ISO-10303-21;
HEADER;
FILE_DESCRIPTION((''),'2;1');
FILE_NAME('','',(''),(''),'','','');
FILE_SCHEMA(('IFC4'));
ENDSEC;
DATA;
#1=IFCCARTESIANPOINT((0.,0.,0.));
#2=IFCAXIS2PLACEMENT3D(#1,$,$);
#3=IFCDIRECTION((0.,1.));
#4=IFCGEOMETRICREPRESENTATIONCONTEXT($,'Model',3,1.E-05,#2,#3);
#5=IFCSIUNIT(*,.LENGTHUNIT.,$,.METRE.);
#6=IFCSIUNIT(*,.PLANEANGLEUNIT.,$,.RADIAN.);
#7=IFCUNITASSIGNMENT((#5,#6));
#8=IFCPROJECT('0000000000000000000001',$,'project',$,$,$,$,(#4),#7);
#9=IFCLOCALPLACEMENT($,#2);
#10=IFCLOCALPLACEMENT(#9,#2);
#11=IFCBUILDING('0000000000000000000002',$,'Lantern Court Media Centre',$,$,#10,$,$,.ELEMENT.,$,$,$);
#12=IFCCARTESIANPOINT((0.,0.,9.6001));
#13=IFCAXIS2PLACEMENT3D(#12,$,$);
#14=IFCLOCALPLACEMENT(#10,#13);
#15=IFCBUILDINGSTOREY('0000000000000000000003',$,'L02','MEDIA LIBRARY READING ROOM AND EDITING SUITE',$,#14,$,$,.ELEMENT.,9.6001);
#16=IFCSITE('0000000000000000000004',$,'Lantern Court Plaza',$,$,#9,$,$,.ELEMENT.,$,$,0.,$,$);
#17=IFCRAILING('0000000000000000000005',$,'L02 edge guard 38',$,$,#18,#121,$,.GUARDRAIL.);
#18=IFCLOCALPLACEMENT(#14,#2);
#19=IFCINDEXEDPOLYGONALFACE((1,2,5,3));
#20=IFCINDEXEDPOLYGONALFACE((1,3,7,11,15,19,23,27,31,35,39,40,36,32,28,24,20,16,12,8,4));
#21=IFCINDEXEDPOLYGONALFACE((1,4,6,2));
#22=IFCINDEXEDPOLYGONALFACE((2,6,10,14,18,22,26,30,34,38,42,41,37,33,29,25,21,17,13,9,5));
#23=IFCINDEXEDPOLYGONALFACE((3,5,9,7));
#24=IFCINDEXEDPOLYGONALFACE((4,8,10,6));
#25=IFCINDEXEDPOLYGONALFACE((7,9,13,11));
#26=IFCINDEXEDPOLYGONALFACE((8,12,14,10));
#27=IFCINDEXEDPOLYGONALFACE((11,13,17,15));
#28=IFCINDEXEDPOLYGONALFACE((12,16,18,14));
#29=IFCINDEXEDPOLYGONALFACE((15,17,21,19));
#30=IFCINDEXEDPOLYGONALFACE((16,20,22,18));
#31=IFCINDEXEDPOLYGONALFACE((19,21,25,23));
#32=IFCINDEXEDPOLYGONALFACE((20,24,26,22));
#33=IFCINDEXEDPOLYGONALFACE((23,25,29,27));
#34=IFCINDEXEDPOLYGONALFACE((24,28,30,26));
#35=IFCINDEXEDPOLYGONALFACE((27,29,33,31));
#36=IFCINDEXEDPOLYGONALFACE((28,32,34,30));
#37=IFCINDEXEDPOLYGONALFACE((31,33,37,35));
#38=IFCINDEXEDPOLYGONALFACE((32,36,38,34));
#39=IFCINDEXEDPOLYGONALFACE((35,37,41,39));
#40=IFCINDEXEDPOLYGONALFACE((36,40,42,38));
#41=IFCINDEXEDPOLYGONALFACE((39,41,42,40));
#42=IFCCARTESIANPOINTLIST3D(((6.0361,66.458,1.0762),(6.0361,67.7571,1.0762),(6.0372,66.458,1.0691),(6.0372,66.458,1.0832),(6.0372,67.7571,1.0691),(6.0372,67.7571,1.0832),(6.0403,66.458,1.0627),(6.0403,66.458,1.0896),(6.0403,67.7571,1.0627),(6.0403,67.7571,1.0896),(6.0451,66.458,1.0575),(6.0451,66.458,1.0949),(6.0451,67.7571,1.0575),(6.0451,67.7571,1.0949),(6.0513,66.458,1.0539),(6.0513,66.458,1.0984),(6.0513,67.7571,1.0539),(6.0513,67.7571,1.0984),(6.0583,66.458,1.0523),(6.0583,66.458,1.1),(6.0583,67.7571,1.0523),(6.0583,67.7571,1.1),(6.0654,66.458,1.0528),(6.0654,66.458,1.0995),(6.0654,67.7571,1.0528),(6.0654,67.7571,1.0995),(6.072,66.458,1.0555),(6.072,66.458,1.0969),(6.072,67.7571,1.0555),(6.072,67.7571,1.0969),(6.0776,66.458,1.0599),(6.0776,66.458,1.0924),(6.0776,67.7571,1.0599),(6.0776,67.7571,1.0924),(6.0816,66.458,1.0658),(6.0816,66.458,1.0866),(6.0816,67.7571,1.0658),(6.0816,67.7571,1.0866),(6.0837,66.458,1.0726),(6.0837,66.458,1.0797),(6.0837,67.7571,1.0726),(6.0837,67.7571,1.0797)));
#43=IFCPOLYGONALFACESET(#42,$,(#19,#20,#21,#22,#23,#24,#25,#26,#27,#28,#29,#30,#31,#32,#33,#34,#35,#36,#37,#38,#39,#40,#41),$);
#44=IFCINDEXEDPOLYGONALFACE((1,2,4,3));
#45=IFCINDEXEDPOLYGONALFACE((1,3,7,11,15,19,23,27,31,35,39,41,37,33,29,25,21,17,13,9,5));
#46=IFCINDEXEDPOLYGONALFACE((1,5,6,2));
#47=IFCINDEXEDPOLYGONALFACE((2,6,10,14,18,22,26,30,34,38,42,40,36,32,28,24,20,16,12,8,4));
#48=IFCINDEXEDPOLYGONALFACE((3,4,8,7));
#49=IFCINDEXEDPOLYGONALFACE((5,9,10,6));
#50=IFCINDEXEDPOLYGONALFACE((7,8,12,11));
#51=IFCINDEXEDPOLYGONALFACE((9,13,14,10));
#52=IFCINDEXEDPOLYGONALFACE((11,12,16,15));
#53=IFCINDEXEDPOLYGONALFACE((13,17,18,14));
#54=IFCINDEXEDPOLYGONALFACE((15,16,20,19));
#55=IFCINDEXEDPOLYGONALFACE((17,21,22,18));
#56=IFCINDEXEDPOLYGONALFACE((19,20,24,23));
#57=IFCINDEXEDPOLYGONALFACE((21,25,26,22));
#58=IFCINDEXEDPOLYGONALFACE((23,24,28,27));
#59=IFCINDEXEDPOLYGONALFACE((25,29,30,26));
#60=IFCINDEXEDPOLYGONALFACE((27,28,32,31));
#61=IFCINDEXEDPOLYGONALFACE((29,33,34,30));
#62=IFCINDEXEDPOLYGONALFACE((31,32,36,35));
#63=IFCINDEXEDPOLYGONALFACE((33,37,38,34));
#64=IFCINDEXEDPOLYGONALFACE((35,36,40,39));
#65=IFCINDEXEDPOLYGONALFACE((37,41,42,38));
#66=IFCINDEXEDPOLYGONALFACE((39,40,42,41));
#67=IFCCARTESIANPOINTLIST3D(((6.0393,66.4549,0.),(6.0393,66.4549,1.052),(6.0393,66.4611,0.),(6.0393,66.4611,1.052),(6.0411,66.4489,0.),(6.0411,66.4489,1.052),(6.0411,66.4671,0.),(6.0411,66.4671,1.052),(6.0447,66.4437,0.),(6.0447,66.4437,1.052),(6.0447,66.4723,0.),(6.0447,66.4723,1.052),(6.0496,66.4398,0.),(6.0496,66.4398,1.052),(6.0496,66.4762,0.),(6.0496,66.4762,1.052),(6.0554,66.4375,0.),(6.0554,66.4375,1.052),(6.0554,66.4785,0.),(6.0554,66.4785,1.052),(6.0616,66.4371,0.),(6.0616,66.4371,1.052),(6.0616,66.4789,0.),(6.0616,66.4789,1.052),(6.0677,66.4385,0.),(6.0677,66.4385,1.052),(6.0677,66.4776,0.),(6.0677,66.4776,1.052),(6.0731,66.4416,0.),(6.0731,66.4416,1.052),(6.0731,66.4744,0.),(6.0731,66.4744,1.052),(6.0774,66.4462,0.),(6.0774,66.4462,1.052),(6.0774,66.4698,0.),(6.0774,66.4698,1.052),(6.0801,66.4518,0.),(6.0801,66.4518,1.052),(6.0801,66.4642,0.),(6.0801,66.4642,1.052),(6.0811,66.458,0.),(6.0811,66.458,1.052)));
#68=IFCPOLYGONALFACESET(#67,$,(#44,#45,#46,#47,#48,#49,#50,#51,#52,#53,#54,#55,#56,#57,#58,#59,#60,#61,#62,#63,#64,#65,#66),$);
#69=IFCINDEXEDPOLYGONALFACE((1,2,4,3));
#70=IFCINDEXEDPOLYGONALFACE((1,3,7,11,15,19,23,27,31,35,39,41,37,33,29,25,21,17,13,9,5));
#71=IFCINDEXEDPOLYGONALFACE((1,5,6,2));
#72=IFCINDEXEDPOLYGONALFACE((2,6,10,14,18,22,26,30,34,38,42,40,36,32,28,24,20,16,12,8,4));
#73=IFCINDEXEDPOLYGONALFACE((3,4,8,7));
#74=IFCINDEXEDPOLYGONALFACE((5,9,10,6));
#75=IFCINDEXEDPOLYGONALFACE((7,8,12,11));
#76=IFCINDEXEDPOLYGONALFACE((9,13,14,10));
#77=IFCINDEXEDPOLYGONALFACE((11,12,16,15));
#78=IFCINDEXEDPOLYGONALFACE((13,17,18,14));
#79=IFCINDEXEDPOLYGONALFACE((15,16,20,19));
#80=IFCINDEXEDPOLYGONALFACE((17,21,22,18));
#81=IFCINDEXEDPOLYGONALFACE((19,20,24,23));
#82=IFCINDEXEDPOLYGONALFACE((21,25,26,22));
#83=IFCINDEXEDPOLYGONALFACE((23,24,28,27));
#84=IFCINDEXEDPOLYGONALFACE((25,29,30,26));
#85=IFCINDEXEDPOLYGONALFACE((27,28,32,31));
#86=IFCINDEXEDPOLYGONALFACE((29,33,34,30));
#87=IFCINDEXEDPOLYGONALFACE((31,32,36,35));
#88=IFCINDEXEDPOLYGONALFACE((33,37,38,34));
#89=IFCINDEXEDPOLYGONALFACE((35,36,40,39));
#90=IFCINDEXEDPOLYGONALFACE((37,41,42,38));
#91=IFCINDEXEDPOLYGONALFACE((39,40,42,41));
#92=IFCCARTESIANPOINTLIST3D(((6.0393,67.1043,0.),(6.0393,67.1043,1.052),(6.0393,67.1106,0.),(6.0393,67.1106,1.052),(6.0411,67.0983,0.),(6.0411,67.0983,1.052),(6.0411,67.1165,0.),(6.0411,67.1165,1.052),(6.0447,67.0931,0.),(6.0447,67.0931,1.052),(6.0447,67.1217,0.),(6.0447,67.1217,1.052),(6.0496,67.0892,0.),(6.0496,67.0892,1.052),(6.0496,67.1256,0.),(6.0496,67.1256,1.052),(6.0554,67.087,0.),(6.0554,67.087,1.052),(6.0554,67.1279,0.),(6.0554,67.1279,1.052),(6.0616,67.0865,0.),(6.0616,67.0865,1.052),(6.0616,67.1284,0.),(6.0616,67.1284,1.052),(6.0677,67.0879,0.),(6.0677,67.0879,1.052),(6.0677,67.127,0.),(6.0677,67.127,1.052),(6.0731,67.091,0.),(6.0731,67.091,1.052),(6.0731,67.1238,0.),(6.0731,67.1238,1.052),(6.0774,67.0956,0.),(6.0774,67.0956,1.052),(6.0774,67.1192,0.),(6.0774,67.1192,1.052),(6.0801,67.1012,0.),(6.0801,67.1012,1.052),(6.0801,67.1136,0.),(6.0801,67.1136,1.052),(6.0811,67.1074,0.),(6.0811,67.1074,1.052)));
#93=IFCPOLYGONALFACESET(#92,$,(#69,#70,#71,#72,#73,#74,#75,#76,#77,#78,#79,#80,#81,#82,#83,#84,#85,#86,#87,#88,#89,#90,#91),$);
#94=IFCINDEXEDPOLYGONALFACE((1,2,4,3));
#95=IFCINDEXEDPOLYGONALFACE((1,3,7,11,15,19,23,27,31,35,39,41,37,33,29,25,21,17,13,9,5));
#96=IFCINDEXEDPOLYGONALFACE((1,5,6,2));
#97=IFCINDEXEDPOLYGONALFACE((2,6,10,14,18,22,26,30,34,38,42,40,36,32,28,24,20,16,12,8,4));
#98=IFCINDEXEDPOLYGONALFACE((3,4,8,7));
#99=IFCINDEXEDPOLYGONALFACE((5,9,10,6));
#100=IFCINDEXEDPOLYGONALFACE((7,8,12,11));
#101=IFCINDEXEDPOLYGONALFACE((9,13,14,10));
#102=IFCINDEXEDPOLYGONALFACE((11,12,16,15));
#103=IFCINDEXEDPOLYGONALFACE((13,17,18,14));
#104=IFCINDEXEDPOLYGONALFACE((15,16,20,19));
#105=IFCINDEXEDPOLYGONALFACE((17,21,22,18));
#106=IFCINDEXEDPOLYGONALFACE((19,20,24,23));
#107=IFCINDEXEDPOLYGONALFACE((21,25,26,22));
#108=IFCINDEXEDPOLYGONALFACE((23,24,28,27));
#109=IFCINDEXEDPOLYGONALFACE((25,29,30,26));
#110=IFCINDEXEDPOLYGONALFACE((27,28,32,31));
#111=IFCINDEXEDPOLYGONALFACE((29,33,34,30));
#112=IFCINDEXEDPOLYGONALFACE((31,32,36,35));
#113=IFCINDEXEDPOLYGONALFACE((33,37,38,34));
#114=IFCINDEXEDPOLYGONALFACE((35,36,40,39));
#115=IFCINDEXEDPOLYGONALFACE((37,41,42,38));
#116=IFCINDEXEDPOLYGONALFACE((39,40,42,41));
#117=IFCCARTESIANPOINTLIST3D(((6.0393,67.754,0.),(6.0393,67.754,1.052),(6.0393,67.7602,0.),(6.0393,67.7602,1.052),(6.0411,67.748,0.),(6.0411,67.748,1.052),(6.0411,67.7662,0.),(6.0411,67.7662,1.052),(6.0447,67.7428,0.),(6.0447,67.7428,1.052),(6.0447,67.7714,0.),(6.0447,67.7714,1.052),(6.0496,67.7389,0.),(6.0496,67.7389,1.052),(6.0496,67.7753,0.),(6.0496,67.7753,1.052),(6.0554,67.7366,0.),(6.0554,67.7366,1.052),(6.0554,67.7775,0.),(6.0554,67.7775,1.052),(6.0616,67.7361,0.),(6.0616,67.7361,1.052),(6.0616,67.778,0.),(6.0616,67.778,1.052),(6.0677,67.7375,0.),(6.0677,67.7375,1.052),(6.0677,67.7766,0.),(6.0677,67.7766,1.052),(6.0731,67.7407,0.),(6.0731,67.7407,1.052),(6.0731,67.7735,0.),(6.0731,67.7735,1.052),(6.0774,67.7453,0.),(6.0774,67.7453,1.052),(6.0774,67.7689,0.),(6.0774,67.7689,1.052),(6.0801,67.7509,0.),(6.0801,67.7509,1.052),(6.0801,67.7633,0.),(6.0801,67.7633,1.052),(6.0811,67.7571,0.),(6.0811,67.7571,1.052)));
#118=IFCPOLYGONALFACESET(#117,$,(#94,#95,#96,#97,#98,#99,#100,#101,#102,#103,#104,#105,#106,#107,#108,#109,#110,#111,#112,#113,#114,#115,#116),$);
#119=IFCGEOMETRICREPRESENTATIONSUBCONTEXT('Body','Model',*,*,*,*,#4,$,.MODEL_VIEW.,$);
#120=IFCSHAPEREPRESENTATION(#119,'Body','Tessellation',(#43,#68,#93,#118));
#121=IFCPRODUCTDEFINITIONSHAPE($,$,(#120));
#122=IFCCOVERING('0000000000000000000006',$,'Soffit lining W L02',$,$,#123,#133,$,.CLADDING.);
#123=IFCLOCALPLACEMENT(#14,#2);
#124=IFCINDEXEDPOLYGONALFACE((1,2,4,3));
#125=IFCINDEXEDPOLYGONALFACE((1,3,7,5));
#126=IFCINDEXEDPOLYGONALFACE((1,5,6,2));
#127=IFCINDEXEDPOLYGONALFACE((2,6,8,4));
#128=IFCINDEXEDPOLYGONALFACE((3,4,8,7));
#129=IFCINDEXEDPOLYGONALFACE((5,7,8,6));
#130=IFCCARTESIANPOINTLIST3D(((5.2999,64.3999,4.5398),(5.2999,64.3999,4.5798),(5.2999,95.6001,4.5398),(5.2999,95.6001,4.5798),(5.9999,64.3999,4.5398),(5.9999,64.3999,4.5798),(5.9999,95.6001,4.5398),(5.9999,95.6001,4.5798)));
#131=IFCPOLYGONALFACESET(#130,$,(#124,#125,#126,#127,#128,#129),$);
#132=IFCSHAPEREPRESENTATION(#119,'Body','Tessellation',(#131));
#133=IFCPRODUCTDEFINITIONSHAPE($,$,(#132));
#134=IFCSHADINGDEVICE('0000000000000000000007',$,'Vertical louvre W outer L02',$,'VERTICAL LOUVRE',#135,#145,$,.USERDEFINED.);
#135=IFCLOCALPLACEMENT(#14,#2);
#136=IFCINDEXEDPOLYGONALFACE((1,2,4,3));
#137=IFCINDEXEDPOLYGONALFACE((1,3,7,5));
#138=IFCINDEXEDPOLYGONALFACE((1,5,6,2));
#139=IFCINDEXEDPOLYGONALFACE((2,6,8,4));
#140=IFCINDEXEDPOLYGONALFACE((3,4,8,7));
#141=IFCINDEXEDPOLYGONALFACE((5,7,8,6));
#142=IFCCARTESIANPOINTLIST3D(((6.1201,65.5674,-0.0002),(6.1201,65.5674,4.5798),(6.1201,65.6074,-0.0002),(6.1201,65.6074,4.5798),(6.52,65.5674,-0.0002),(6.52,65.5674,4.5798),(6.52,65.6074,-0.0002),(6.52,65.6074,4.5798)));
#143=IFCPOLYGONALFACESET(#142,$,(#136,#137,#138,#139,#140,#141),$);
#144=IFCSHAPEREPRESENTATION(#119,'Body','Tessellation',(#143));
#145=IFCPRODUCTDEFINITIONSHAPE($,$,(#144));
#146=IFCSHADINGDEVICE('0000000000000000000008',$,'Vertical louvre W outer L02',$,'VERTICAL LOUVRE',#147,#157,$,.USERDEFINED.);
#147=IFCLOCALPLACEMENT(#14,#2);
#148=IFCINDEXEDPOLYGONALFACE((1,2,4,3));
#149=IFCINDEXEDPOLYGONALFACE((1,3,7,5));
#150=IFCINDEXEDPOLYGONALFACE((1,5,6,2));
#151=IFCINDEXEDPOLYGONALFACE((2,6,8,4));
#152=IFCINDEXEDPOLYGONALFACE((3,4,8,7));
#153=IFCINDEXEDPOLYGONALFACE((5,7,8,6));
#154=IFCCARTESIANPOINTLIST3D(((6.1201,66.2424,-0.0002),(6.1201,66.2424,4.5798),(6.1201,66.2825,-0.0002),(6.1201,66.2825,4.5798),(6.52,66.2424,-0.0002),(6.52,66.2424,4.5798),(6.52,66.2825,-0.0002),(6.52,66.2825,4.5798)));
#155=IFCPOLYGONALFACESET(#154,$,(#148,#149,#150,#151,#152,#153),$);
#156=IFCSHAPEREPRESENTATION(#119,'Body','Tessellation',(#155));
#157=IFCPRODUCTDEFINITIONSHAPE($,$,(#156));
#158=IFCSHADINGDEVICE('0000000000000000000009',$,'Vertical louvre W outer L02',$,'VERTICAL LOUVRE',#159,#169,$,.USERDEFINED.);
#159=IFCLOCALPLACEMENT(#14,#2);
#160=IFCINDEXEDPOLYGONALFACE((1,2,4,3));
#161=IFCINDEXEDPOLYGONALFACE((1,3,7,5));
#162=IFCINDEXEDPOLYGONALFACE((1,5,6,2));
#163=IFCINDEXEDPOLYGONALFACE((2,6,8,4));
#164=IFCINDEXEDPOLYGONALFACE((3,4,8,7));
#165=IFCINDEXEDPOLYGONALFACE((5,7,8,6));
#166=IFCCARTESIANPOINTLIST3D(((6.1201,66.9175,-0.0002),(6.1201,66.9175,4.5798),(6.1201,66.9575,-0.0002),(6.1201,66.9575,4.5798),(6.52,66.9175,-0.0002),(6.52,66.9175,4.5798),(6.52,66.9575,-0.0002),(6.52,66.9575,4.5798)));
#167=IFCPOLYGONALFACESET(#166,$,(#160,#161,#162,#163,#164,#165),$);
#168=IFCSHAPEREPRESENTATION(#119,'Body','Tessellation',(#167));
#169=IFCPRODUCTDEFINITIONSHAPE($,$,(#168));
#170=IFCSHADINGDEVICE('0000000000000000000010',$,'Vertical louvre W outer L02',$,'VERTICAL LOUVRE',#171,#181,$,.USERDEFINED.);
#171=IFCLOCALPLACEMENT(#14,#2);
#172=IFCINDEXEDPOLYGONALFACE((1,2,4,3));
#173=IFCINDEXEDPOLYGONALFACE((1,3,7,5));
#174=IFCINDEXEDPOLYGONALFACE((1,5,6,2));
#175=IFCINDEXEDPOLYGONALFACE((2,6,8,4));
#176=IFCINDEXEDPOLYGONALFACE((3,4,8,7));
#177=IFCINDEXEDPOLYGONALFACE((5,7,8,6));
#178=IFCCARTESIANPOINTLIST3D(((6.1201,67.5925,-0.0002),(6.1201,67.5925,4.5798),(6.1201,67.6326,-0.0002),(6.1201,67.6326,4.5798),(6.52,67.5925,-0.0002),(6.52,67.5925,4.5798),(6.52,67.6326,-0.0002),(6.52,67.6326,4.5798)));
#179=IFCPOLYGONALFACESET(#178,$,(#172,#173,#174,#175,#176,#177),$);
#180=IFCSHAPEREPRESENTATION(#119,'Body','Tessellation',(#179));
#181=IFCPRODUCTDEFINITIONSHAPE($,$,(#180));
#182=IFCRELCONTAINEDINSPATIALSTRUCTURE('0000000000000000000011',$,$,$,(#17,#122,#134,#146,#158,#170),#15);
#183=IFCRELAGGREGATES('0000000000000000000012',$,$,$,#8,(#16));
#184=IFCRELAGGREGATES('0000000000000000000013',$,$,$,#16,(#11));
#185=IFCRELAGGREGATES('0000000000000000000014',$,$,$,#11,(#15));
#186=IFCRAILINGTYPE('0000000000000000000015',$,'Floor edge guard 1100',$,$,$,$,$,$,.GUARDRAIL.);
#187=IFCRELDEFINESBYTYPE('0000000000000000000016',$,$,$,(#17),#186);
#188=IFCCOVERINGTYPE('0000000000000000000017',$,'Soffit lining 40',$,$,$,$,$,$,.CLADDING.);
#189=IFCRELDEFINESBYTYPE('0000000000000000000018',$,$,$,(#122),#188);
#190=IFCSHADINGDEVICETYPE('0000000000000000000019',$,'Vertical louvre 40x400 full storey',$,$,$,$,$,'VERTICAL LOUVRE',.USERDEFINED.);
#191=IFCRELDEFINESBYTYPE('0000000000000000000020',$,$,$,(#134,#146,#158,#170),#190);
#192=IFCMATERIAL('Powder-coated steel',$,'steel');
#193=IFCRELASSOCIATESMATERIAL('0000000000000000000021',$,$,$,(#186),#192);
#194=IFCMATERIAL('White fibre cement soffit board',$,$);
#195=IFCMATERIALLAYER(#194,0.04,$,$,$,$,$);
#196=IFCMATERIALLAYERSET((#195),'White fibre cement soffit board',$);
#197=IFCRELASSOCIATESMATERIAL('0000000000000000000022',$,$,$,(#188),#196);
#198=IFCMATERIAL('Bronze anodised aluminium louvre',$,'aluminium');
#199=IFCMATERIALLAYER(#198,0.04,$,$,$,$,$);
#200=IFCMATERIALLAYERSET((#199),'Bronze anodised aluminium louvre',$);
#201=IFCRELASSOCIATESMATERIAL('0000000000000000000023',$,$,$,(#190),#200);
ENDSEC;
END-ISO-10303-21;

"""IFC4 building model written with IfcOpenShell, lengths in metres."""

from ifc_helpers import new_model, si_unit, direction, frame, frame_2d, origin, origin_2d, place, context, subcontext, project, spatial, rectangle, circle, extrude, material, layer, layer_set, type_object, element, save


model = new_model("IFC4")

# Units and contexts
model_context = context("Model", 3, precision=1e-05, world=origin(), true_north=direction((0.0, 1.0)))
body_context = subcontext(model_context, "Body", "Model", "MODEL_VIEW")
ifc_project = project(units=[si_unit("LENGTHUNIT", "METRE"), si_unit("PLANEANGLEUNIT", "RADIAN")], contexts=[model_context])

# Site, building, storey
site_placement = place(None, origin())
site = spatial("IfcSite", under=ifc_project, at=site_placement, Name="Lantern Court Plaza", CompositionType="ELEMENT", RefElevation=0.0)
building_placement = place(site_placement, origin())
building = spatial("IfcBuilding", under=site, at=building_placement, Name="Lantern Court Media Centre", CompositionType="ELEMENT")
storey_placement = place(building_placement, frame((0.0, 0.0, 9.6001)))
storey = spatial("IfcBuildingStorey", under=building, at=storey_placement, Name="L02", Description="MEDIA LIBRARY READING ROOM AND EDITING SUITE", CompositionType="ELEMENT", Elevation=9.6001)

# Railing
ifc_material_1 = material(Name="Powder-coated steel", Category="steel")
railing_type = type_object("IfcRailingType", Name="Floor edge guard 1100", PredefinedType="GUARDRAIL", material=ifc_material_1)
railing_1_placement = place(storey_placement, frame((6.0601, 66.458, 0.0)))
element("IfcRailing", 1, at=railing_1_placement, inside=storey, type_object=railing_type, Name="L02 edge guard 38", PredefinedType="GUARDRAIL", context=body_context, shape_type="SweptSolid", body=[
    extrude(circle(Radius=0.0239, at=origin_2d()), frame((0.0, 0.0, 1.0762), z_axis=(0.0, 1.0, 0.0), x_axis=(-1.0, 0.0, 0.0)), (0.0, 0.0, 1.0), 1.2991),
    extrude(circle(Radius=0.021, at=origin_2d()), origin(), (0.0, 0.0, 1.0), 1.052),
    extrude(circle(Radius=0.021, at=origin_2d()), frame((0.0, 0.6494, 0.0)), (0.0, 0.0, 1.0), 1.052),
    extrude(circle(Radius=0.021, at=origin_2d()), frame((0.0, 1.2991, 0.0)), (0.0, 0.0, 1.0), 1.052),
])

# Covering
ifc_material_2 = material(Name="White fibre cement soffit board")
ifc_layer_1 = layer(ifc_material_2, 0.04)
ifc_layer_set_1 = layer_set([ifc_layer_1], Name="White fibre cement soffit board")
covering_type = type_object("IfcCoveringType", Name="Soffit lining 40", PredefinedType="CLADDING", material=ifc_layer_set_1)
covering_placement = place(storey_placement, frame((5.6499, 64.3999, 4.5398), z_axis=(0.0, 0.0, 1.0), x_axis=(0.0, 1.0, 0.0)))
element("IfcCovering", 2, at=covering_placement, inside=storey, type_object=covering_type, Name="Soffit lining W L02", PredefinedType="CLADDING", context=body_context, shape_type="SweptSolid", body=[
    extrude(rectangle(XDim=31.2002, YDim=0.7, at=frame_2d((15.6001, 0.0))), origin(), (0.0, 0.0, 1.0), 0.04),
])

# Shading devices
ifc_material_3 = material(Name="Bronze anodised aluminium louvre", Category="aluminium")
ifc_layer_2 = layer(ifc_material_3, 0.04)
ifc_layer_set_2 = layer_set([ifc_layer_2], Name="Bronze anodised aluminium louvre")
shading_device_type = type_object("IfcShadingDeviceType", Name="Vertical louvre 40x400 full storey", ElementType="VERTICAL LOUVRE", PredefinedType="USERDEFINED", material=ifc_layer_set_2)
for number, where, z_axis, x_axis, name in (
    (3, (6.3201, 65.5874, -0.0002), (0.0, 0.0, 1.0), (1.0, 0.0, 0.0), "Vertical louvre W outer L02"),
    (4, (6.3201, 66.2625, -0.0002), (0.0, 0.0, 1.0), (1.0, 0.0, 0.0), "Vertical louvre W outer L02"),
    (5, (6.3201, 66.9375, -0.0002), (0.0, 0.0, 1.0), (1.0, 0.0, 0.0), "Vertical louvre W outer L02"),
    (6, (6.3201, 67.6125, -0.0002), (0.0, 0.0, 1.0), (1.0, 0.0, 0.0), "Vertical louvre W outer L02"),
):
    element("IfcShadingDevice", number, at=place(storey_placement, frame(where, z_axis=z_axis, x_axis=x_axis)), inside=storey, type_object=shading_device_type, Name=name, ObjectType="VERTICAL LOUVRE", PredefinedType="USERDEFINED", context=body_context, shape_type="SweptSolid", body=[
        extrude(rectangle(XDim=0.3999, YDim=0.04, at=origin_2d()), origin(), (0.0, 0.0, 1.0), 4.5801),
    ])

save(model, "model.ifc")
